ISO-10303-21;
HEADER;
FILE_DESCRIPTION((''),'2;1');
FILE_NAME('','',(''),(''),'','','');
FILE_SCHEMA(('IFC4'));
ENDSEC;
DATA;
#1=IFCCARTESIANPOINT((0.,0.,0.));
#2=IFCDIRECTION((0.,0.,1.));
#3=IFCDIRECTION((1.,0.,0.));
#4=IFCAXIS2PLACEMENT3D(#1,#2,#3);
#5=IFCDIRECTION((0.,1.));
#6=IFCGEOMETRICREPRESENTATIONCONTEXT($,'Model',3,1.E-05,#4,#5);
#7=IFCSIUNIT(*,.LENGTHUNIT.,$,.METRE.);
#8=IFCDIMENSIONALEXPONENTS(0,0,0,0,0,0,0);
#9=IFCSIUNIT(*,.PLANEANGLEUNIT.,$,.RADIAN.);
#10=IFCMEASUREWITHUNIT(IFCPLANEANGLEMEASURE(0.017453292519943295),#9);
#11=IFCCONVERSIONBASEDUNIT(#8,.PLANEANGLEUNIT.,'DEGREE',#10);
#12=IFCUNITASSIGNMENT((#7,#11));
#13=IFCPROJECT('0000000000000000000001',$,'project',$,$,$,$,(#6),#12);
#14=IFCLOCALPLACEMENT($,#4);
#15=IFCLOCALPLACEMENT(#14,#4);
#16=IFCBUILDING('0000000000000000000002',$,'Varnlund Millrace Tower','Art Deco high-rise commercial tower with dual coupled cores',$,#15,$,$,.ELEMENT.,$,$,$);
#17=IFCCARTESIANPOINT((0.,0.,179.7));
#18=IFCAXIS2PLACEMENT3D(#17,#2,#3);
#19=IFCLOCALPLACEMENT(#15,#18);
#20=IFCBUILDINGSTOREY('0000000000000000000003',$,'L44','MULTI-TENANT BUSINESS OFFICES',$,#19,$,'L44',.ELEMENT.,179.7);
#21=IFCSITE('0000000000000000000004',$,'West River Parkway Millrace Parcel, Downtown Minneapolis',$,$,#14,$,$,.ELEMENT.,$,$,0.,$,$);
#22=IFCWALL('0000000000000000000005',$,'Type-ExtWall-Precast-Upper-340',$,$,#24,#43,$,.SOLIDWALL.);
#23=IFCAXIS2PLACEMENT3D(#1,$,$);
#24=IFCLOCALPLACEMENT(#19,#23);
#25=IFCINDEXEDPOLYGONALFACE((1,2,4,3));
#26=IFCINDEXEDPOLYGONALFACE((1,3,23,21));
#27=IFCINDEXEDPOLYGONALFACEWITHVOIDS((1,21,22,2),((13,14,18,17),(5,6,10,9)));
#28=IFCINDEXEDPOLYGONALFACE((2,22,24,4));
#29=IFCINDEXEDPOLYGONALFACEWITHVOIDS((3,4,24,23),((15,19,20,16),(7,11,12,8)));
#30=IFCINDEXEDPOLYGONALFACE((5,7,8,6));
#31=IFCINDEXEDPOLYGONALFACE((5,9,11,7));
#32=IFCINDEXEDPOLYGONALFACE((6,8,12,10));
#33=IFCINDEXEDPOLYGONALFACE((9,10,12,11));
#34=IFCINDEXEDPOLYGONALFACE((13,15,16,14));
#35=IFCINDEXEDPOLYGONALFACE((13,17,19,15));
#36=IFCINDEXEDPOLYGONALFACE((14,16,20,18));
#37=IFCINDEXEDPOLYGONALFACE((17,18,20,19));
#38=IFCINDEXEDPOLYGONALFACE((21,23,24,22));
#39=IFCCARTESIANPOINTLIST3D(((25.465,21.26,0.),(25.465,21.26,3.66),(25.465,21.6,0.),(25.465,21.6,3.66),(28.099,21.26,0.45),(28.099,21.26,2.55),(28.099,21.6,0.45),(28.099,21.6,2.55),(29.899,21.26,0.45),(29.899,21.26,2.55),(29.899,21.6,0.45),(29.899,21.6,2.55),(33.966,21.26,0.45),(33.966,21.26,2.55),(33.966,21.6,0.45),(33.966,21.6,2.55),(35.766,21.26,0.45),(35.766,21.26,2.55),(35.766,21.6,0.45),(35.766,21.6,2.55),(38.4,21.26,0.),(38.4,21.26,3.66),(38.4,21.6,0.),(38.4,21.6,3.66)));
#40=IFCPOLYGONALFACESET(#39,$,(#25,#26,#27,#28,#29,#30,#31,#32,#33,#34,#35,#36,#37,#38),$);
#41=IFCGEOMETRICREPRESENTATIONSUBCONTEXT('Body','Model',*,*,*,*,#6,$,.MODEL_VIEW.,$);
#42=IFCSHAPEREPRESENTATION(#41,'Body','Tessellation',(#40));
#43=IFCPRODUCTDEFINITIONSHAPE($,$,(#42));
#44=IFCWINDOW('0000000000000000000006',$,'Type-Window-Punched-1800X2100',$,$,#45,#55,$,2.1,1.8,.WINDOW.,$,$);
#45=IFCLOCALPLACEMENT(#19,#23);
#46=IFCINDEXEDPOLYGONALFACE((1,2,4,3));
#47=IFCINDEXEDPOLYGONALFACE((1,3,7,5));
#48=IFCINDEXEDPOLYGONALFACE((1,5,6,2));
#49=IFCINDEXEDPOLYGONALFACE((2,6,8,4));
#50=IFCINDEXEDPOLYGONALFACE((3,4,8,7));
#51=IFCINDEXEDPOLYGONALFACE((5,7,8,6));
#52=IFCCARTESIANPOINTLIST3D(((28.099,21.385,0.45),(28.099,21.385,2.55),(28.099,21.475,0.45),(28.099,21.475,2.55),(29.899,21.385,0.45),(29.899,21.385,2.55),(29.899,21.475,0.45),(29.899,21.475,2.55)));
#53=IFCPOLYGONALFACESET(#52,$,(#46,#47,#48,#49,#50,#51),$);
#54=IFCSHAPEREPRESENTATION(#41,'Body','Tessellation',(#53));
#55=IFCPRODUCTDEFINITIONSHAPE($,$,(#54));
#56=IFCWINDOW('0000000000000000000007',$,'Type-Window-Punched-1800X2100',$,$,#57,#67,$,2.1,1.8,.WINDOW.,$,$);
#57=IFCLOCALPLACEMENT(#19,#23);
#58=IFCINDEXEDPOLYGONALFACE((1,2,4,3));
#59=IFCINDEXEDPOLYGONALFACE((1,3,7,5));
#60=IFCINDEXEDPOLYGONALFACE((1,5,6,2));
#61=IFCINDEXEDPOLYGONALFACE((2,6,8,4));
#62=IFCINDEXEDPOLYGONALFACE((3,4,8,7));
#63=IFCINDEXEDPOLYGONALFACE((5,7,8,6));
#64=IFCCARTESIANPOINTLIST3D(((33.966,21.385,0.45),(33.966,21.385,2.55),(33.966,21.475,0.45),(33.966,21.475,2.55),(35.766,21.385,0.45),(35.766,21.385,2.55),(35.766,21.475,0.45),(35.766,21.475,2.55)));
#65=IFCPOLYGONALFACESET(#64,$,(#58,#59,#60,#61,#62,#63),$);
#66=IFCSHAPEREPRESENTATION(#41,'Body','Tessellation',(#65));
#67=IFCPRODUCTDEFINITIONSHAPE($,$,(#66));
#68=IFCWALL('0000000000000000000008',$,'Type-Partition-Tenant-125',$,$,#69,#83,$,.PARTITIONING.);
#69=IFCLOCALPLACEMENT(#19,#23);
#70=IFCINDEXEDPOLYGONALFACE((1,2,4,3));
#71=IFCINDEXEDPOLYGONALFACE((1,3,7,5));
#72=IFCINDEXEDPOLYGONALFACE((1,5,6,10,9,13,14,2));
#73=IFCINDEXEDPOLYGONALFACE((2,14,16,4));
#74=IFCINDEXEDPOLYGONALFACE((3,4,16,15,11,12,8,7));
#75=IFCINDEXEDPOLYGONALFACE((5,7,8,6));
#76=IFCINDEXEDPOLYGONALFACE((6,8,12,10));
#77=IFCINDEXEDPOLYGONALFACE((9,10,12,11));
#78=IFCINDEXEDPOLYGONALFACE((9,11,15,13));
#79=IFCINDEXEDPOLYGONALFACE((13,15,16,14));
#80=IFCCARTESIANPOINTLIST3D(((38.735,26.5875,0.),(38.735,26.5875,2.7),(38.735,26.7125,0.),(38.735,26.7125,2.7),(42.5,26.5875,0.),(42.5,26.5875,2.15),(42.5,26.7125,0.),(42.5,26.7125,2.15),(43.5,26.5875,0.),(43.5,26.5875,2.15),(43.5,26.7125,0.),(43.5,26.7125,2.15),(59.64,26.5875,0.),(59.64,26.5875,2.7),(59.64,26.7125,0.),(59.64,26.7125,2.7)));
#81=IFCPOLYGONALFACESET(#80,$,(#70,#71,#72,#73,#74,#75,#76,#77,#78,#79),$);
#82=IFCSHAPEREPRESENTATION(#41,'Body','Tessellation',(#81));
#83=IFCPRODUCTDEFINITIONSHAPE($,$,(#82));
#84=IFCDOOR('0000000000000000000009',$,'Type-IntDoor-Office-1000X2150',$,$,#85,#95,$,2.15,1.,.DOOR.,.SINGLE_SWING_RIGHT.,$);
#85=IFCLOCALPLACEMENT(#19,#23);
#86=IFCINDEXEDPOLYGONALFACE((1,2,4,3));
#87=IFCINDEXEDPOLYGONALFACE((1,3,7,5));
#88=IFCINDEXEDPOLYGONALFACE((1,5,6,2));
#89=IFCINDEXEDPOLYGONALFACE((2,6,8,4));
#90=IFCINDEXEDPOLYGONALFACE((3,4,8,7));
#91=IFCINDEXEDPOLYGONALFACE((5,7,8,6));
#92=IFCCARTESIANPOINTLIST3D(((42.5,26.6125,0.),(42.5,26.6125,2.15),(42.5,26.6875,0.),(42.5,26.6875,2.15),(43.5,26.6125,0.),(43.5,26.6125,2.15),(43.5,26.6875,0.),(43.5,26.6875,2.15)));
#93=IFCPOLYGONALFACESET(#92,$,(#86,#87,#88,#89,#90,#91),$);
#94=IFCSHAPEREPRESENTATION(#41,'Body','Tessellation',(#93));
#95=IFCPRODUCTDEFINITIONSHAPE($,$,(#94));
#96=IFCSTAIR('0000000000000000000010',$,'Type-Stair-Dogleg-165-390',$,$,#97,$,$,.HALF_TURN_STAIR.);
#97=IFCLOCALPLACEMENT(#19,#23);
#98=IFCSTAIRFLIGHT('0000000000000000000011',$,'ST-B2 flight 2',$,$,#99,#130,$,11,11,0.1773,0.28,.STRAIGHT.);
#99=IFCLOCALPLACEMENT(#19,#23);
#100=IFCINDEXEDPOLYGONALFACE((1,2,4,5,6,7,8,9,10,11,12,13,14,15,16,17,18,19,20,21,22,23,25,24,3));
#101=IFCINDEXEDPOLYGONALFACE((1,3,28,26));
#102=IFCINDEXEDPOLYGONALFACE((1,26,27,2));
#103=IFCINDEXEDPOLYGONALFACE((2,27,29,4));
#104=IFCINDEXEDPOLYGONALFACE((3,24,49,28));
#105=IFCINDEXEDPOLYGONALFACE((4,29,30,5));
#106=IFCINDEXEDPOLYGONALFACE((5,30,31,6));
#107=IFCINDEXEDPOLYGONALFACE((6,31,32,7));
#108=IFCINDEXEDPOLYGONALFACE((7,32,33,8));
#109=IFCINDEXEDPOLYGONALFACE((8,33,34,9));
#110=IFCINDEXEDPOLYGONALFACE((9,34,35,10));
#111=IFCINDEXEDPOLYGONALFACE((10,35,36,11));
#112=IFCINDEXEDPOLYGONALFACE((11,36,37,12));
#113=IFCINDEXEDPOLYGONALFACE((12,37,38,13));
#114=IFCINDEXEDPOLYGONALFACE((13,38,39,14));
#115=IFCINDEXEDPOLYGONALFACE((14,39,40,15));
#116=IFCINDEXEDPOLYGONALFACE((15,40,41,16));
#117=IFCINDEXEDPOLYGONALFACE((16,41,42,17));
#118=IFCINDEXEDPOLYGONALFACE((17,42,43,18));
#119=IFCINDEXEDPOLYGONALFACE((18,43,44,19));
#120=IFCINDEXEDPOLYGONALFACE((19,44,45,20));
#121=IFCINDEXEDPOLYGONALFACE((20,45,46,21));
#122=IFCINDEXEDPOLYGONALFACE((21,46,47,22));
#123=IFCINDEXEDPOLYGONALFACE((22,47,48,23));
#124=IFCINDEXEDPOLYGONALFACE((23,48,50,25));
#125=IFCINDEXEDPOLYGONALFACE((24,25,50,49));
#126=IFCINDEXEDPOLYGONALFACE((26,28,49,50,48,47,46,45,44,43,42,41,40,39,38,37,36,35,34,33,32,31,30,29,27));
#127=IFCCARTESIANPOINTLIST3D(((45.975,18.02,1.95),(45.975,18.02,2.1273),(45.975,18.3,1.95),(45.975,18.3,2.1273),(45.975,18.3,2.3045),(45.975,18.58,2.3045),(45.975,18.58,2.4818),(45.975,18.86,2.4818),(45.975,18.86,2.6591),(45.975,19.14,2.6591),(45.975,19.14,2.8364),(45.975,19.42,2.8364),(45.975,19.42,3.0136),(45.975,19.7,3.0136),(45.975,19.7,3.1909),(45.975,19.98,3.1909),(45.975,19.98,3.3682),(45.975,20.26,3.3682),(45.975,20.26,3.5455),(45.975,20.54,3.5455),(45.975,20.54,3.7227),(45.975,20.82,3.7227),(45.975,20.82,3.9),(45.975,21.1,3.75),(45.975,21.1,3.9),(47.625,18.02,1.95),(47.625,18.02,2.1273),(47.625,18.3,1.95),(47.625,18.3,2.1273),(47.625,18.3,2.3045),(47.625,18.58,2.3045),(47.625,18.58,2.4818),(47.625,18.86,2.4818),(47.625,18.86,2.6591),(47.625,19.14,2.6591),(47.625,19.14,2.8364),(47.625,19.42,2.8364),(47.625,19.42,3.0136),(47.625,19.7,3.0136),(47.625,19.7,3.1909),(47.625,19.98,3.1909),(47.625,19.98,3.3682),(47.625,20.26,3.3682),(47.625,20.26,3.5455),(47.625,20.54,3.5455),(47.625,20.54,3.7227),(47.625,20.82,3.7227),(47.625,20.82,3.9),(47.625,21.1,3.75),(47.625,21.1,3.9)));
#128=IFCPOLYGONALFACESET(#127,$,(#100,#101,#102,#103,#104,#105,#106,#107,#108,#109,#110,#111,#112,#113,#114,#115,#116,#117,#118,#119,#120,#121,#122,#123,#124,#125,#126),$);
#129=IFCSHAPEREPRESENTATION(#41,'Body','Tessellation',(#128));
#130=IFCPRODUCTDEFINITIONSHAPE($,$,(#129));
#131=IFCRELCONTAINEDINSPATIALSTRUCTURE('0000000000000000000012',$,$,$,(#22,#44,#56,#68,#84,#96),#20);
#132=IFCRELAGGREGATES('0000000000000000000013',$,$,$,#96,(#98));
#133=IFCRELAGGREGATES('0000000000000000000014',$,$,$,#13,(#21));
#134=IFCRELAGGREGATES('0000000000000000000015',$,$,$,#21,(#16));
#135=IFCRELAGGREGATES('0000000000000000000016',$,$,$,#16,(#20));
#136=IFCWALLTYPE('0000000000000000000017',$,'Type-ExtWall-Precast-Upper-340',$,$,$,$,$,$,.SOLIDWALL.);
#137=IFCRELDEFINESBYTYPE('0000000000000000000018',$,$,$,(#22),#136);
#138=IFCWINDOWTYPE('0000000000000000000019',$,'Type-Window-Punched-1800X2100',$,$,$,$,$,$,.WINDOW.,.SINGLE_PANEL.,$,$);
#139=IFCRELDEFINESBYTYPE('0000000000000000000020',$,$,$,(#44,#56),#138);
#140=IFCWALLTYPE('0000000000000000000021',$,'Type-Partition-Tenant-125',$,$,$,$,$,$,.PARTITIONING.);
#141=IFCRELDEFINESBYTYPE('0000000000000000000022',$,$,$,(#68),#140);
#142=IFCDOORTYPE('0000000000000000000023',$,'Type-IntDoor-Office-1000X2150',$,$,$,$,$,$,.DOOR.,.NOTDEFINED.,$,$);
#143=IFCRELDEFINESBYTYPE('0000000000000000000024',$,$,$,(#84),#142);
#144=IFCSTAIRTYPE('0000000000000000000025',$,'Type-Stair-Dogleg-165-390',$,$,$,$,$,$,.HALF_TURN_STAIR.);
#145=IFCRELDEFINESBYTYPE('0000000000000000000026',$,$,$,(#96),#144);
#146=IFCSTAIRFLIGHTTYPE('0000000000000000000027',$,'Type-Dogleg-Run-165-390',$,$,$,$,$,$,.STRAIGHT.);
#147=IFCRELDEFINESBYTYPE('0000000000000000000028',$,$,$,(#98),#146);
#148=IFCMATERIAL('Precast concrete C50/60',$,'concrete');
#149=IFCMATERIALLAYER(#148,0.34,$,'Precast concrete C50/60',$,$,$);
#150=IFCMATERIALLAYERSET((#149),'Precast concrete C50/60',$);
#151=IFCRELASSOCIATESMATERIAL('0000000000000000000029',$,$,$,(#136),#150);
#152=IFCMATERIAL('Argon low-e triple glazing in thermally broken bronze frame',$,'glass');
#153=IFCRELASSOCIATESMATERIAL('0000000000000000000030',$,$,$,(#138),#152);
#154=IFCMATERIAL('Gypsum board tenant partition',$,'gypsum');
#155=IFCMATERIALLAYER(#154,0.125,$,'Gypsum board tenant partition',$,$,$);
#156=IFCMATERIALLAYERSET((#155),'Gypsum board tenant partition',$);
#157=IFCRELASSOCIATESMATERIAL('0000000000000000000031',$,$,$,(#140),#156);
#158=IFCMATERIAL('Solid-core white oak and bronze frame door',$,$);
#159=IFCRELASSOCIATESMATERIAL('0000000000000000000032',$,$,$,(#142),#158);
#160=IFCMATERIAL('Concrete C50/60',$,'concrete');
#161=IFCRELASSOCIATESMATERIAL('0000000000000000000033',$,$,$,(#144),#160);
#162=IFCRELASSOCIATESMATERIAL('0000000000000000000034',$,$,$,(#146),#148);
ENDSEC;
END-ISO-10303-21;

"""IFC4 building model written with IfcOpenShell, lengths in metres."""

from ifc_helpers import new_model, entity, si_unit, converted_unit, direction, frame, origin_with_axes, origin_2d_with_axis, place, context, subcontext, project, spatial, polyline, rectangle, outline, extrude, material, layer, layer_set, type_object, element, fill, aggregate, save


model = new_model("IFC4")

# Units and contexts
model_context = context("Model", 3, precision=1e-05, world=origin_with_axes(), true_north=direction((0.0, 1.0)))
body_context = subcontext(model_context, "Body", "Model", "MODEL_VIEW")
ifc_project = project(units=[si_unit("LENGTHUNIT", "METRE"), converted_unit("PLANEANGLEUNIT", "DEGREE", entity("IfcPlaneAngleMeasure", 0.017453292519943295), si_unit("PLANEANGLEUNIT", "RADIAN"), dimensions=[0, 0, 0, 0, 0, 0, 0])], contexts=[model_context])

# Site, building, storey
site_placement = place(None, origin_with_axes())
site = spatial("IfcSite", under=ifc_project, at=site_placement, Name="West River Parkway Millrace Parcel, Downtown Minneapolis", CompositionType="ELEMENT", RefElevation=0.0)
building_placement = place(site_placement, origin_with_axes())
building = spatial("IfcBuilding", under=site, at=building_placement, Name="Varnlund Millrace Tower", Description="Art Deco high-rise commercial tower with dual coupled cores", CompositionType="ELEMENT")
storey_placement = place(building_placement, frame((0.0, 0.0, 179.7), z_axis=(0.0, 0.0, 1.0), x_axis=(1.0, 0.0, 0.0)))
storey = spatial("IfcBuildingStorey", under=building, at=storey_placement, Name="L44", Description="MULTI-TENANT BUSINESS OFFICES", LongName="L44", CompositionType="ELEMENT", Elevation=179.7)

# Shared definitions
ifc_material_1 = material(Name="Precast concrete C50/60", Category="concrete")
ifc_layer_1 = layer(ifc_material_1, 0.34, Name="Precast concrete C50/60")
ifc_layer_set_1 = layer_set([ifc_layer_1], Name="Precast concrete C50/60")
wall_type_1 = type_object("IfcWallType", Name="Type-ExtWall-Precast-Upper-340", PredefinedType="SOLIDWALL", material=ifc_layer_set_1)

# Shared definitions
ifc_material_2 = material(Name="Argon low-e triple glazing in thermally broken bronze frame", Category="glass")
window_type_1 = type_object("IfcWindowType", Name="Type-Window-Punched-1800X2100", PartitioningType="SINGLE_PANEL", PredefinedType="WINDOW", material=ifc_material_2)

# Wall, openings, windows
wall_1_placement = place(storey_placement, frame((25.465, 21.43, 0.0), z_axis=(0.0, 0.0, 1.0), x_axis=(1.0, 0.0, 0.0)))
wall_1 = element("IfcWall", 1, at=wall_1_placement, inside=storey, type_object=wall_type_1, Name="Type-ExtWall-Precast-Upper-340", PredefinedType="SOLIDWALL", context=body_context, shape_type="SweptSolid", body=[
    extrude(outline(polyline([(0.0, -0.17), (12.935, -0.17), (12.935, 0.17), (0.0, 0.17), (0.0, -0.17)])), origin_with_axes(), (0.0, 0.0, 1.0), 3.66),
])
opening_1_placement = place(wall_1_placement, frame((3.534, 0.0, 0.45), z_axis=(0.0, 0.0, 1.0), x_axis=(1.0, 0.0, 0.0)))
opening_1 = element("IfcOpeningElement", 2, at=opening_1_placement, cuts=wall_1, PredefinedType="OPENING", context=body_context, shape_type="SweptSolid", body=[
    extrude(rectangle(XDim=1.8, YDim=0.36, at=origin_2d_with_axis()), origin_with_axes(), (0.0, 0.0, 1.0), 2.1),
])
opening_2_placement = place(wall_1_placement, frame((9.401, 0.0, 0.45), z_axis=(0.0, 0.0, 1.0), x_axis=(1.0, 0.0, 0.0)))
opening_2 = element("IfcOpeningElement", 3, at=opening_2_placement, cuts=wall_1, PredefinedType="OPENING", context=body_context, shape_type="SweptSolid", body=[
    extrude(rectangle(XDim=1.8, YDim=0.36, at=origin_2d_with_axis()), origin_with_axes(), (0.0, 0.0, 1.0), 2.1),
])
window_1_placement = place(wall_1_placement, frame((3.534, 0.0, 0.45), z_axis=(0.0, 0.0, 1.0), x_axis=(1.0, 0.0, 0.0)))
window_1 = element("IfcWindow", 4, at=window_1_placement, inside=storey, type_object=window_type_1, Name="Type-Window-Punched-1800X2100", OverallHeight=2.1, OverallWidth=1.8, PredefinedType="WINDOW", context=body_context, shape_type="SweptSolid", body=[
    extrude(rectangle(XDim=1.8, YDim=0.09, at=origin_2d_with_axis()), origin_with_axes(), (0.0, 0.0, 1.0), 2.1),
])
fill(opening_1, window_1)
window_2_placement = place(wall_1_placement, frame((9.401, 0.0, 0.45), z_axis=(0.0, 0.0, 1.0), x_axis=(1.0, 0.0, 0.0)))
window_2 = element("IfcWindow", 5, at=window_2_placement, inside=storey, type_object=window_type_1, Name="Type-Window-Punched-1800X2100", OverallHeight=2.1, OverallWidth=1.8, PredefinedType="WINDOW", context=body_context, shape_type="SweptSolid", body=[
    extrude(rectangle(XDim=1.8, YDim=0.09, at=origin_2d_with_axis()), origin_with_axes(), (0.0, 0.0, 1.0), 2.1),
])
fill(opening_2, window_2)

# Wall, opening, door
ifc_material_3 = material(Name="Gypsum board tenant partition", Category="gypsum")
ifc_layer_2 = layer(ifc_material_3, 0.125, Name="Gypsum board tenant partition")
ifc_layer_set_2 = layer_set([ifc_layer_2], Name="Gypsum board tenant partition")
wall_type_2 = type_object("IfcWallType", Name="Type-Partition-Tenant-125", PredefinedType="PARTITIONING", material=ifc_layer_set_2)
wall_2_placement = place(storey_placement, frame((38.735, 26.65, 0.0), z_axis=(0.0, 0.0, 1.0), x_axis=(1.0, 0.0, 0.0)))
wall_2 = element("IfcWall", 6, at=wall_2_placement, inside=storey, type_object=wall_type_2, Name="Type-Partition-Tenant-125", PredefinedType="PARTITIONING", context=body_context, shape_type="SweptSolid", body=[
    extrude(outline(polyline([(0.0, -0.0625), (20.905, -0.0625), (20.905, 0.0625), (0.0, 0.0625), (0.0, -0.0625)])), origin_with_axes(), (0.0, 0.0, 1.0), 2.7),
])
opening_3_placement = place(wall_2_placement, frame((4.265, 0.0, 0.0), z_axis=(0.0, 0.0, 1.0), x_axis=(1.0, 0.0, 0.0)))
opening_3 = element("IfcOpeningElement", 7, at=opening_3_placement, cuts=wall_2, PredefinedType="OPENING", context=body_context, shape_type="SweptSolid", body=[
    extrude(rectangle(XDim=1.0, YDim=0.145, at=origin_2d_with_axis()), origin_with_axes(), (0.0, 0.0, 1.0), 2.15),
])
ifc_material_4 = material(Name="Solid-core white oak and bronze frame door")
door_type = type_object("IfcDoorType", Name="Type-IntDoor-Office-1000X2150", OperationType="NOTDEFINED", PredefinedType="DOOR", material=ifc_material_4)
door_placement = place(wall_2_placement, frame((4.265, 0.0, 0.0), z_axis=(0.0, 0.0, 1.0), x_axis=(1.0, 0.0, 0.0)))
door = element("IfcDoor", 8, at=door_placement, inside=storey, type_object=door_type, Name="Type-IntDoor-Office-1000X2150", OperationType="SINGLE_SWING_RIGHT", OverallHeight=2.15, OverallWidth=1.0, PredefinedType="DOOR", context=body_context, shape_type="SweptSolid", body=[
    extrude(rectangle(XDim=1.0, YDim=0.075, at=origin_2d_with_axis()), origin_with_axes(), (0.0, 0.0, 1.0), 2.15),
])
fill(opening_3, door)

# Stair, stair flight
ifc_material_5 = material(Name="Concrete C50/60", Category="concrete")
stair_type = type_object("IfcStairType", Name="Type-Stair-Dogleg-165-390", PredefinedType="HALF_TURN_STAIR", material=ifc_material_5)
stair_placement = place(storey_placement, origin_with_axes())
stair = element("IfcStair", 9, at=stair_placement, inside=storey, type_object=stair_type, Name="Type-Stair-Dogleg-165-390", PredefinedType="HALF_TURN_STAIR")
stair_flight_type = type_object("IfcStairFlightType", Name="Type-Dogleg-Run-165-390", PredefinedType="STRAIGHT", material=ifc_material_1)
stair_flight_placement = place(storey_placement, frame((45.975, 18.02, 1.95), z_axis=(1.0, 0.0, 0.0), x_axis=(0.0, 1.0, 0.0)))
stair_flight = element("IfcStairFlight", 10, at=stair_flight_placement, type_object=stair_flight_type, Name="ST-B2 flight 2", NumberOfRisers=11, NumberOfTreads=11, PredefinedType="STRAIGHT", RiserHeight=0.1773, TreadLength=0.28, context=body_context, shape_type="SweptSolid", body=[
    extrude(outline(polyline([(0.0, 0.0), (0.0, 0.1773), (0.28, 0.1773), (0.28, 0.3545), (0.56, 0.3545), (0.56, 0.5318), (0.84, 0.5318), (0.84, 0.7091), (1.12, 0.7091), (1.12, 0.8864), (1.4, 0.8864), (1.4, 1.0636), (1.68, 1.0636), (1.68, 1.2409), (1.96, 1.2409), (1.96, 1.4182), (2.24, 1.4182), (2.24, 1.5955), (2.52, 1.5955), (2.52, 1.7727), (2.8, 1.7727), (2.8, 1.95), (3.08, 1.95), (3.08, 1.8), (0.28, 0.0), (0.0, 0.0)])), origin_with_axes(), (0.0, 0.0, 1.0), 1.65),
])
aggregate(stair, [stair_flight])

save(model, "model.ifc")
